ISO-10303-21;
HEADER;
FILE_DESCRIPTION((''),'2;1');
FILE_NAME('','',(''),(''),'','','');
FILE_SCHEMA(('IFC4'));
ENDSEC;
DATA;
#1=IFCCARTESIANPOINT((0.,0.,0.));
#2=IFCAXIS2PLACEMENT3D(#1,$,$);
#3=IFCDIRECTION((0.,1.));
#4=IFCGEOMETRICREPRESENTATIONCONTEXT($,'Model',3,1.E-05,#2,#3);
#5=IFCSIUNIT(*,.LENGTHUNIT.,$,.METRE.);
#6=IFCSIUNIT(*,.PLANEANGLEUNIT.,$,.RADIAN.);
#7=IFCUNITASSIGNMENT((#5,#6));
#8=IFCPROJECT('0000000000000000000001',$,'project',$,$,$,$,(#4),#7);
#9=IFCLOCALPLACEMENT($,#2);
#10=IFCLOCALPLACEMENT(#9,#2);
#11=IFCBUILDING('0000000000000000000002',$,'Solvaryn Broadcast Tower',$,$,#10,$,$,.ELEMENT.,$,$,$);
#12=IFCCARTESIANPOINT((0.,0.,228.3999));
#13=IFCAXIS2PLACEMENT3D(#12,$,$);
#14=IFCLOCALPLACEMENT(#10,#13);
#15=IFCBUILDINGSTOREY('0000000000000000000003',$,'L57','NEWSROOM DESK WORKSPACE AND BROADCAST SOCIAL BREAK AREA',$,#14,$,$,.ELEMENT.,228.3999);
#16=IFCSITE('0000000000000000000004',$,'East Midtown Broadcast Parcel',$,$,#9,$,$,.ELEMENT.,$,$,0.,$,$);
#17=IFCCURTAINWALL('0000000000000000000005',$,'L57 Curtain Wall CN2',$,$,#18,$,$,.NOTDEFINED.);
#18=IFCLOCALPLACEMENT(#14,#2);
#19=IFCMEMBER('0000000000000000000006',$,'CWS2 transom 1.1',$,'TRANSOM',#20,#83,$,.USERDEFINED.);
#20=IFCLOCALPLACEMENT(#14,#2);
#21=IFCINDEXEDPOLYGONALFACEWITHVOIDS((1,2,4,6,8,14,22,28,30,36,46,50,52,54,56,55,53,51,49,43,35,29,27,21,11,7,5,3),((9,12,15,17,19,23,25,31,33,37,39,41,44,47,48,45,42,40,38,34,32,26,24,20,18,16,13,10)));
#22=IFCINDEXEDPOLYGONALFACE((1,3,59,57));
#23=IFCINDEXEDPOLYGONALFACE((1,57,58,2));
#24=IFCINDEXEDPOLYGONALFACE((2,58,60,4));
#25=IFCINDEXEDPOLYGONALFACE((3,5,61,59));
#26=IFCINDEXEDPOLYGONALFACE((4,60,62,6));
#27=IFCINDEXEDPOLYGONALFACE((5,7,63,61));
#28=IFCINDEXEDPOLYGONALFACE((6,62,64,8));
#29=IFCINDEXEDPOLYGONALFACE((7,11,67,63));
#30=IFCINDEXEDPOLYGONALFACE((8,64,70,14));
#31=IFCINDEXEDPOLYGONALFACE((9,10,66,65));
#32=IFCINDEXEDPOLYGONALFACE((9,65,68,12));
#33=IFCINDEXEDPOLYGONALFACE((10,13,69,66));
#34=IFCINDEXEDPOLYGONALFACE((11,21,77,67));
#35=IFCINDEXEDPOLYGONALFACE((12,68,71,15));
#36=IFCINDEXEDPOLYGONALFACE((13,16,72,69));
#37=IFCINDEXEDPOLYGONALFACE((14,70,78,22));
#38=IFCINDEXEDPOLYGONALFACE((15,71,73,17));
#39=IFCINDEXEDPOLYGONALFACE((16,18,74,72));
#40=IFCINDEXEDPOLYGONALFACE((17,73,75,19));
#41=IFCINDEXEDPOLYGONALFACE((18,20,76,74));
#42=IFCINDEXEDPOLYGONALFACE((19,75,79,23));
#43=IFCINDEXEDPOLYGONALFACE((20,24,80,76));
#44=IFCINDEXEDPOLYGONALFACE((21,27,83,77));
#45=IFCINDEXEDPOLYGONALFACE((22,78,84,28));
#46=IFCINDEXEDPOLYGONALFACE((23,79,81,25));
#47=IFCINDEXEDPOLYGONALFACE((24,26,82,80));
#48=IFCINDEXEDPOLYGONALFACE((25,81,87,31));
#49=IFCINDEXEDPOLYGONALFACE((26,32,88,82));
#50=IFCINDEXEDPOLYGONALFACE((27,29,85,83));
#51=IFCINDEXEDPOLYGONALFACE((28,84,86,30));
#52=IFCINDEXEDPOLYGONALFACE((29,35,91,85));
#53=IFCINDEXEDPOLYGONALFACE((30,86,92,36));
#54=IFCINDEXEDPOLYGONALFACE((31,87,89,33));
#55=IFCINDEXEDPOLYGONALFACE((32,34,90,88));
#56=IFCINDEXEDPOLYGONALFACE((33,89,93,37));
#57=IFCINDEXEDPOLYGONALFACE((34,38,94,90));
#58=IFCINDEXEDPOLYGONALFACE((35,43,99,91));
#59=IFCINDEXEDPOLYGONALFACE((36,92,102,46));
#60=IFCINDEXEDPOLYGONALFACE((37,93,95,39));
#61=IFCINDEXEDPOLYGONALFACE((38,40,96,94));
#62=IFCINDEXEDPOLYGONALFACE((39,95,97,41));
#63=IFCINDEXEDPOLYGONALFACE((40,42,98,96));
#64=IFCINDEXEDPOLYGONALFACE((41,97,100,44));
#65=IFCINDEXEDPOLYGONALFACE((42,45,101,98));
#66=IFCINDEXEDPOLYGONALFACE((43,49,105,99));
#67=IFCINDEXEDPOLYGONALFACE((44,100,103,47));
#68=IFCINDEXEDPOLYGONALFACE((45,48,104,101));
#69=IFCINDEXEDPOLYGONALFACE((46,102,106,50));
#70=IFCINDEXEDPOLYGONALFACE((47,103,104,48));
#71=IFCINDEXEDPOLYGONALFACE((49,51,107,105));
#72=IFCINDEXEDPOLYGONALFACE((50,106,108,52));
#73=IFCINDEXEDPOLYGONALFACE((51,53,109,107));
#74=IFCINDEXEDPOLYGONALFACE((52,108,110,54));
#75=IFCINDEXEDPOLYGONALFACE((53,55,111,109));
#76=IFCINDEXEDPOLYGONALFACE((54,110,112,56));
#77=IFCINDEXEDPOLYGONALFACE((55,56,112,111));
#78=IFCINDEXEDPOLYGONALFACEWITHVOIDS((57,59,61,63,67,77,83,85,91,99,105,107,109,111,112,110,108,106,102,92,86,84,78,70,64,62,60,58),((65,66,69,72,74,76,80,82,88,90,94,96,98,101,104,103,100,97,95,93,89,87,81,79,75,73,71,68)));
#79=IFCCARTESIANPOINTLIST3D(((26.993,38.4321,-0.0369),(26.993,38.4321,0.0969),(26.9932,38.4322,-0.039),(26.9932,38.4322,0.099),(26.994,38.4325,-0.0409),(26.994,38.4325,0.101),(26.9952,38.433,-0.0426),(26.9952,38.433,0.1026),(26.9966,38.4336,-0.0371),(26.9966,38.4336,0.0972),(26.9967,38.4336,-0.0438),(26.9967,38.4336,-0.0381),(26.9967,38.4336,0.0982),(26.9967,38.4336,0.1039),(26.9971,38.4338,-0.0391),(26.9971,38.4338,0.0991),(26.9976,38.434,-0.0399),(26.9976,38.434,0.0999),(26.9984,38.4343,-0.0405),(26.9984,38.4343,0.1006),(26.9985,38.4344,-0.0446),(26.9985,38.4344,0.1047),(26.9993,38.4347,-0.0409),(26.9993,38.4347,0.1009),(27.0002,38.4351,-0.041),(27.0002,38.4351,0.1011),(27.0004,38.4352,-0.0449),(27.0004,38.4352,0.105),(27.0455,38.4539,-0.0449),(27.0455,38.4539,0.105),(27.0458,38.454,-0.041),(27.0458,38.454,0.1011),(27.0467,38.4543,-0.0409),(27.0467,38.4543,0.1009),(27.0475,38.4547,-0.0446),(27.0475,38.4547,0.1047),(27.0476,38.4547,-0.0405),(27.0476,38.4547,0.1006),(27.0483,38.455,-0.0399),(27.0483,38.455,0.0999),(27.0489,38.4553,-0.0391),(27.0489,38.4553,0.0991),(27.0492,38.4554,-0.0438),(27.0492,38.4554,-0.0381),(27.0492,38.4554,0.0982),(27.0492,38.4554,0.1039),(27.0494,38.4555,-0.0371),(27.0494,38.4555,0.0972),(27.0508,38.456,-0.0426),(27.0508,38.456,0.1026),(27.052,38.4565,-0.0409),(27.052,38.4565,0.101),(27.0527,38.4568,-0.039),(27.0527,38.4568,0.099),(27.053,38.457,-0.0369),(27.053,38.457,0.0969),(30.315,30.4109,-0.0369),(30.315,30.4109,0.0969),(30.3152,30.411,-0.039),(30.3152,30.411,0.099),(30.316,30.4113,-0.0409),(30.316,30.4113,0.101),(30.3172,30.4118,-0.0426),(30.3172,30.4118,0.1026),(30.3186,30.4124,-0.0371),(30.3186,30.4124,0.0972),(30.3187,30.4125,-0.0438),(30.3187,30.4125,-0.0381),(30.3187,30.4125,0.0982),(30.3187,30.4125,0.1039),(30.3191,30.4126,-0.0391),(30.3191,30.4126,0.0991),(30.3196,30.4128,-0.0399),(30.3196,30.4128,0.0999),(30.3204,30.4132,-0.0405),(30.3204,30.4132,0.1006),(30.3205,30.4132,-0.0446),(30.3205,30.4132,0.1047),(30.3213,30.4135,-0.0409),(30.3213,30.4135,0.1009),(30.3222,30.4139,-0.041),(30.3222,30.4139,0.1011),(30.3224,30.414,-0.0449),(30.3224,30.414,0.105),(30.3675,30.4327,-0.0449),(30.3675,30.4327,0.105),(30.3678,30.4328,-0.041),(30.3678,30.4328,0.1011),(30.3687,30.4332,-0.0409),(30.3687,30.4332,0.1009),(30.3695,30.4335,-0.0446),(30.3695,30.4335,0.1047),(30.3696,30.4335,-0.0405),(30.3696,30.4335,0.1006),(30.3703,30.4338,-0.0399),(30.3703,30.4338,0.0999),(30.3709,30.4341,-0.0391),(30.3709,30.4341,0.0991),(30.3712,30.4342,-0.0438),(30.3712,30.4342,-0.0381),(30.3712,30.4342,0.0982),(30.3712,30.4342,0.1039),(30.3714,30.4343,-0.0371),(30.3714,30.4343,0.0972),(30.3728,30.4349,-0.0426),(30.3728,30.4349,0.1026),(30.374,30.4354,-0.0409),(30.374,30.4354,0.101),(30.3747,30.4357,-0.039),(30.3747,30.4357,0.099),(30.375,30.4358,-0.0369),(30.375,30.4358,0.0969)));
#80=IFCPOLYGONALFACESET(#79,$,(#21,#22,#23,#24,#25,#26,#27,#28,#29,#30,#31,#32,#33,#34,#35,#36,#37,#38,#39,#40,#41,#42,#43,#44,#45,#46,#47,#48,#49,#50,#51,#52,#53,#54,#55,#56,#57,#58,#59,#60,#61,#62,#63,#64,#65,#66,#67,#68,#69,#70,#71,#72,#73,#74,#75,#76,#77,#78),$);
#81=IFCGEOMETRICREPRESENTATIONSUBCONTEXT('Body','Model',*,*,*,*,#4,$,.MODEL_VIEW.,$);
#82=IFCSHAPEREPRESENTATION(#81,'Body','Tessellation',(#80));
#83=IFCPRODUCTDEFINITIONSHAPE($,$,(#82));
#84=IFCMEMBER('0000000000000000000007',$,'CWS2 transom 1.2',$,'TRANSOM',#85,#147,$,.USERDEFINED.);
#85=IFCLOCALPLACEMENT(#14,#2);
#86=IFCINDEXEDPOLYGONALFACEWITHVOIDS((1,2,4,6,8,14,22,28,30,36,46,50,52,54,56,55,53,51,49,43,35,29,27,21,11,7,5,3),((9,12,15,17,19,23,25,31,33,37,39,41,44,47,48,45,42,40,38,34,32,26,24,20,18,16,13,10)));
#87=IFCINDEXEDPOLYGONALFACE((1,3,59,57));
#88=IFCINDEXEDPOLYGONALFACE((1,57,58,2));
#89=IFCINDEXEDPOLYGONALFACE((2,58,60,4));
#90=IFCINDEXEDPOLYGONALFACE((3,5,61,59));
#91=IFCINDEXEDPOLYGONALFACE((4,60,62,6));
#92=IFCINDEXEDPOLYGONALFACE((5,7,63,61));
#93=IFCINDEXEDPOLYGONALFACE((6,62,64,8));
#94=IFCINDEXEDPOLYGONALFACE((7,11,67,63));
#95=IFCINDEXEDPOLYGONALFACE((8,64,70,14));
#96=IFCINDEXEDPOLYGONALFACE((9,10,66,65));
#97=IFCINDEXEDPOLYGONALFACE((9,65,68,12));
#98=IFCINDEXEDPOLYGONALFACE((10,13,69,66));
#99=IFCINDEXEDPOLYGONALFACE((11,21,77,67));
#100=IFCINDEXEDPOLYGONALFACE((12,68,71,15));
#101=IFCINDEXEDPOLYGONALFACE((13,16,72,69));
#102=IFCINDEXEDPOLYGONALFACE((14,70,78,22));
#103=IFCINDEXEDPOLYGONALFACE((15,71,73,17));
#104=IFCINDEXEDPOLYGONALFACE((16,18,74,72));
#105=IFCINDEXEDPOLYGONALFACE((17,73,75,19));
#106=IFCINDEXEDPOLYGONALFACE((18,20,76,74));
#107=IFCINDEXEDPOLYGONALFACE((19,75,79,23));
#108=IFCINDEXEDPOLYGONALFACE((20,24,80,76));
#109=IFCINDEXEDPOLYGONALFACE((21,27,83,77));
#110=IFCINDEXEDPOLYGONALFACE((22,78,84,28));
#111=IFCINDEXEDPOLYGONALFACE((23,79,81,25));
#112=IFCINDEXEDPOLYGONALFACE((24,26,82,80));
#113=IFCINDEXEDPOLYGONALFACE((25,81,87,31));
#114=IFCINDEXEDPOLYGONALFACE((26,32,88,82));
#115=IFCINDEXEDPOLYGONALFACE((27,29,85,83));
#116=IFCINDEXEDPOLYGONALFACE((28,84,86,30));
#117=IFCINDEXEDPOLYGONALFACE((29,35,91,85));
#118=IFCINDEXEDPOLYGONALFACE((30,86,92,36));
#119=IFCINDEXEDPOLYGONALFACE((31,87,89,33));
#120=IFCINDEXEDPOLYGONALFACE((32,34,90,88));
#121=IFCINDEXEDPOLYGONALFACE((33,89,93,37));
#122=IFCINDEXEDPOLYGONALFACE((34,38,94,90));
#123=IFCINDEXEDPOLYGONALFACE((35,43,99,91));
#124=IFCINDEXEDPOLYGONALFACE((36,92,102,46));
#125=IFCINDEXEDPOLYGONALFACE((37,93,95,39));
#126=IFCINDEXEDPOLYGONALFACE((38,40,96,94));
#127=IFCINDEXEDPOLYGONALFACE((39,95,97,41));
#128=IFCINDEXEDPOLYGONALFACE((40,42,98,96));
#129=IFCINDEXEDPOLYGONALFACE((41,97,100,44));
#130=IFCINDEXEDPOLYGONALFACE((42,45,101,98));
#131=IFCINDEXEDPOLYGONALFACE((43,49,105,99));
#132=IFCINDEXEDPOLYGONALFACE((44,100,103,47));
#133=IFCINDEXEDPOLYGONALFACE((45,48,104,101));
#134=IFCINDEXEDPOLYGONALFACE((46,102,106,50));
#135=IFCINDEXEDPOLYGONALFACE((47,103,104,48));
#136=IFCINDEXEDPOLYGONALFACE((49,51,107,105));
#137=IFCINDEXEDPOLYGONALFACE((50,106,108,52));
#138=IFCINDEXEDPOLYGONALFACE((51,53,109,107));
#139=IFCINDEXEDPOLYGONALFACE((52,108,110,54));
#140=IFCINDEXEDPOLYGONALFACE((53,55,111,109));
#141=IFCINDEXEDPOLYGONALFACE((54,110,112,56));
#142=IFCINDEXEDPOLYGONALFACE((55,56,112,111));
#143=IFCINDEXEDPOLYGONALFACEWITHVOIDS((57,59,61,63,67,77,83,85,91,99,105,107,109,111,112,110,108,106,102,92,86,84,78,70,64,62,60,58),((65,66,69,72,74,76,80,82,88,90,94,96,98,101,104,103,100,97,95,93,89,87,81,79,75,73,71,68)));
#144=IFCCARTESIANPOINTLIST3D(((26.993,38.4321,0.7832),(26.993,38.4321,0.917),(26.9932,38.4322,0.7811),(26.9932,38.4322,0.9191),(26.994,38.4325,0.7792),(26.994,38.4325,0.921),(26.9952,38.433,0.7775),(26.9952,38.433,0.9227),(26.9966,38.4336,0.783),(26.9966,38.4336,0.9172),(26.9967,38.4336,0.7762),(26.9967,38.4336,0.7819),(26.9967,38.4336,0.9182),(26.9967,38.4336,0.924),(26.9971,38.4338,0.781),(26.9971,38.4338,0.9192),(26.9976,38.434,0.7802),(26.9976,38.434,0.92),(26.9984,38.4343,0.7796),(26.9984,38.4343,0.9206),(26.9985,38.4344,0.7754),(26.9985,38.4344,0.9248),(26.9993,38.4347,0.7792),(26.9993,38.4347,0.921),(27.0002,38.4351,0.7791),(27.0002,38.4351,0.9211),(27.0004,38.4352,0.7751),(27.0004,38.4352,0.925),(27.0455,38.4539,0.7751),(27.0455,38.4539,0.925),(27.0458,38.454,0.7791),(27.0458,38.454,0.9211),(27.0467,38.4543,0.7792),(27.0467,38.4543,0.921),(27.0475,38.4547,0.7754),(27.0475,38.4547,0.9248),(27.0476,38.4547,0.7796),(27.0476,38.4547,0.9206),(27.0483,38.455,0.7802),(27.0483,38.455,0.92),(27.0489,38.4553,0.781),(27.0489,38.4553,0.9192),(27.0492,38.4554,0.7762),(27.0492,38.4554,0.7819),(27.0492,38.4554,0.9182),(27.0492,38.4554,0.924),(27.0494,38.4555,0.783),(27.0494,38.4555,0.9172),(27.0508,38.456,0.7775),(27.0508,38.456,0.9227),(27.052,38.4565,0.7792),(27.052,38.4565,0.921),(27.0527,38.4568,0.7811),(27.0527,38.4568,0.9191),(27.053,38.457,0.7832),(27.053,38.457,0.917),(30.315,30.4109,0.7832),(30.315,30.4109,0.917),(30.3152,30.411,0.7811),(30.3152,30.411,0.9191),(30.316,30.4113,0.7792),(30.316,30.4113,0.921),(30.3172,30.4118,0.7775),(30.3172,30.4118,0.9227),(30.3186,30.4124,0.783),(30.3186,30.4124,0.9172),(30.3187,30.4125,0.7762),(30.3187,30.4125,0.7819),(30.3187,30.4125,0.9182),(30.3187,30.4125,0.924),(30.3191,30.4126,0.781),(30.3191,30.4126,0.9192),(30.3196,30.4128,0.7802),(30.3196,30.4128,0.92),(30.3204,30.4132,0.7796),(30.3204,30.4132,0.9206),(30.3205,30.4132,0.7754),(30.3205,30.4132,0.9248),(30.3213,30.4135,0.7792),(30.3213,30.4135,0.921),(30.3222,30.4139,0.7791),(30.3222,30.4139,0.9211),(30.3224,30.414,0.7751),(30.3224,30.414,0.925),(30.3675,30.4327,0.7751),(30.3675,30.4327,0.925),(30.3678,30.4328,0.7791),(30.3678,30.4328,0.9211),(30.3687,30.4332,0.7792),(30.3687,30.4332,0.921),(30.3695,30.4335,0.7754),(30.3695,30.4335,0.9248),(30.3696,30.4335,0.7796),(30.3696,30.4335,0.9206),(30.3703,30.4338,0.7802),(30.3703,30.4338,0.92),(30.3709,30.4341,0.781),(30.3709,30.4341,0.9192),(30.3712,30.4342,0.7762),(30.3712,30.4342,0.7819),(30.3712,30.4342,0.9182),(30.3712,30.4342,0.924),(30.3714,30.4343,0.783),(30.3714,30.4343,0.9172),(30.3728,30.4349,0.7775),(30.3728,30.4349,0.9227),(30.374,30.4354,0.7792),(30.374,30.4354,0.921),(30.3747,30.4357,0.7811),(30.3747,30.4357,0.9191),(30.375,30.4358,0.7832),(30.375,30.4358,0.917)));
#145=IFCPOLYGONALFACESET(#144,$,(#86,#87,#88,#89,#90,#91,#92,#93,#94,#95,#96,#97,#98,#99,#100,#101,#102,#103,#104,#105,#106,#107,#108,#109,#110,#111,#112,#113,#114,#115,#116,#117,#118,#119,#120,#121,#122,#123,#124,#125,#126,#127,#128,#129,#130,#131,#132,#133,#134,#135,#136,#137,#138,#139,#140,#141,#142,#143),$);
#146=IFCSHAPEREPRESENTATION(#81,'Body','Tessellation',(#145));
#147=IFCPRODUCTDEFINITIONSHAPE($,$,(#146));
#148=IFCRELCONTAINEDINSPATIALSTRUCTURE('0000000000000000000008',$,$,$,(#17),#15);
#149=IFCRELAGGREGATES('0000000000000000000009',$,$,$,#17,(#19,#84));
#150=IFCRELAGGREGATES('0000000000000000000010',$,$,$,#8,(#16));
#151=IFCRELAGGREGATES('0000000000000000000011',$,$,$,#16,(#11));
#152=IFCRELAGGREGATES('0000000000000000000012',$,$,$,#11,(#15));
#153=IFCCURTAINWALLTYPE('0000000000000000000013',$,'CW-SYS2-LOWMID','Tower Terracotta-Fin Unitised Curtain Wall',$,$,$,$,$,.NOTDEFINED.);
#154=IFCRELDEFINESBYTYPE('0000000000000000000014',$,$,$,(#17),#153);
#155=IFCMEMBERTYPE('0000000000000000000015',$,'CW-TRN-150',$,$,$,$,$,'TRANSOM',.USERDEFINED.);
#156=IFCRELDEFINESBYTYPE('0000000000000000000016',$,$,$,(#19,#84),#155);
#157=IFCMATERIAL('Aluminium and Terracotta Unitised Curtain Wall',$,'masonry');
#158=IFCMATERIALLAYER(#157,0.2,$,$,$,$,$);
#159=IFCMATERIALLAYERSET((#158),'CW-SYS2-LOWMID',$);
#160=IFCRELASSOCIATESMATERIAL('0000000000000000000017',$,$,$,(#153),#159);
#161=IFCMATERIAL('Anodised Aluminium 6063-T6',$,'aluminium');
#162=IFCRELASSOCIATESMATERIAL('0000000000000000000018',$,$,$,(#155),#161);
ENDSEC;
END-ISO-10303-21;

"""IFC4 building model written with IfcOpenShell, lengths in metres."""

from ifc_helpers import new_model, si_unit, direction, frame, origin, origin_2d, place, context, subcontext, project, spatial, hollow_rectangle, extrude, material, layer, layer_set, material_profile, profile_set, type_object, element, aggregate, save


model = new_model("IFC4")

# Units and contexts
model_context = context("Model", 3, precision=1e-05, world=origin(), true_north=direction((0.0, 1.0)))
body_context = subcontext(model_context, "Body", "Model", "MODEL_VIEW")
ifc_project = project(units=[si_unit("LENGTHUNIT", "METRE"), si_unit("PLANEANGLEUNIT", "RADIAN")], contexts=[model_context])

# Site, building, storey
site_placement = place(None, origin())
site = spatial("IfcSite", under=ifc_project, at=site_placement, Name="East Midtown Broadcast Parcel", CompositionType="ELEMENT", RefElevation=0.0)
building_placement = place(site_placement, origin())
building = spatial("IfcBuilding", under=site, at=building_placement, Name="Solvaryn Broadcast Tower", CompositionType="ELEMENT")
storey_placement = place(building_placement, frame((0.0, 0.0, 228.3999)))
storey = spatial("IfcBuildingStorey", under=building, at=storey_placement, Name="L57", Description="NEWSROOM DESK WORKSPACE AND BROADCAST SOCIAL BREAK AREA", CompositionType="ELEMENT", Elevation=228.3999)

# Shared definitions
ifc_material_1 = material(Name="Aluminium and Terracotta Unitised Curtain Wall", Category="masonry")
ifc_layer_1 = layer(ifc_material_1, 0.2)
ifc_layer_set_1 = layer_set([ifc_layer_1], Name="CW-SYS2-LOWMID")
curtain_wall_type = type_object("IfcCurtainWallType", Name="CW-SYS2-LOWMID", Description="Tower Terracotta-Fin Unitised Curtain Wall", PredefinedType="NOTDEFINED", material=ifc_layer_set_1)

# Curtain wall, members
curtain_wall_1_placement = place(storey_placement, origin())
curtain_wall_1 = element("IfcCurtainWall", 1, at=curtain_wall_1_placement, inside=storey, type_object=curtain_wall_type, Name="L57 Curtain Wall CN2", PredefinedType="NOTDEFINED")
ifc_material_2 = material(Name="Anodised Aluminium 6063-T6", Category="aluminium")
ifc_material_profile_1 = material_profile(ifc_material_2, hollow_rectangle(XDim=0.0649, YDim=0.1499, WallThickness=0.0039, InnerFilletRadius=0.0039, OuterFilletRadius=0.0081, at=origin_2d()))
ifc_profile_set_1 = profile_set([ifc_material_profile_1], Name="Anodised Aluminium 6063-T6")
member_type_1 = type_object("IfcMemberType", Name="CW-TRN-150", ElementType="TRANSOM", PredefinedType="USERDEFINED", material=ifc_profile_set_1)
member_1_placement = place(storey_placement, frame((30.345, 30.4233, 0.03), z_axis=(-0.382636, 0.923899, 0.0), x_axis=(-0.923899, -0.382636, 0.0)))
member_1 = element("IfcMember", 2, at=member_1_placement, type_object=member_type_1, Name="CWS2 transom 1.1", ObjectType="TRANSOM", PredefinedType="USERDEFINED", context=body_context, shape_type="SweptSolid", body=[
    extrude(hollow_rectangle(XDim=0.0649, YDim=0.1499, WallThickness=0.0039, InnerFilletRadius=0.0039, OuterFilletRadius=0.0081, at=origin_2d()), origin(), (0.0, 0.0, 1.0), 8.6819),
])
member_2_placement = place(storey_placement, frame((30.345, 30.4233, 0.8501), z_axis=(-0.382636, 0.923899, 0.0), x_axis=(-0.923899, -0.382636, 0.0)))
member_2 = element("IfcMember", 3, at=member_2_placement, type_object=member_type_1, Name="CWS2 transom 1.2", ObjectType="TRANSOM", PredefinedType="USERDEFINED", context=body_context, shape_type="SweptSolid", body=[
    extrude(hollow_rectangle(XDim=0.0649, YDim=0.1499, WallThickness=0.0039, InnerFilletRadius=0.0039, OuterFilletRadius=0.0081, at=origin_2d()), origin(), (0.0, 0.0, 1.0), 8.6819),
])

aggregate(curtain_wall_1, [member_1, member_2])

save(model, "model.ifc")
